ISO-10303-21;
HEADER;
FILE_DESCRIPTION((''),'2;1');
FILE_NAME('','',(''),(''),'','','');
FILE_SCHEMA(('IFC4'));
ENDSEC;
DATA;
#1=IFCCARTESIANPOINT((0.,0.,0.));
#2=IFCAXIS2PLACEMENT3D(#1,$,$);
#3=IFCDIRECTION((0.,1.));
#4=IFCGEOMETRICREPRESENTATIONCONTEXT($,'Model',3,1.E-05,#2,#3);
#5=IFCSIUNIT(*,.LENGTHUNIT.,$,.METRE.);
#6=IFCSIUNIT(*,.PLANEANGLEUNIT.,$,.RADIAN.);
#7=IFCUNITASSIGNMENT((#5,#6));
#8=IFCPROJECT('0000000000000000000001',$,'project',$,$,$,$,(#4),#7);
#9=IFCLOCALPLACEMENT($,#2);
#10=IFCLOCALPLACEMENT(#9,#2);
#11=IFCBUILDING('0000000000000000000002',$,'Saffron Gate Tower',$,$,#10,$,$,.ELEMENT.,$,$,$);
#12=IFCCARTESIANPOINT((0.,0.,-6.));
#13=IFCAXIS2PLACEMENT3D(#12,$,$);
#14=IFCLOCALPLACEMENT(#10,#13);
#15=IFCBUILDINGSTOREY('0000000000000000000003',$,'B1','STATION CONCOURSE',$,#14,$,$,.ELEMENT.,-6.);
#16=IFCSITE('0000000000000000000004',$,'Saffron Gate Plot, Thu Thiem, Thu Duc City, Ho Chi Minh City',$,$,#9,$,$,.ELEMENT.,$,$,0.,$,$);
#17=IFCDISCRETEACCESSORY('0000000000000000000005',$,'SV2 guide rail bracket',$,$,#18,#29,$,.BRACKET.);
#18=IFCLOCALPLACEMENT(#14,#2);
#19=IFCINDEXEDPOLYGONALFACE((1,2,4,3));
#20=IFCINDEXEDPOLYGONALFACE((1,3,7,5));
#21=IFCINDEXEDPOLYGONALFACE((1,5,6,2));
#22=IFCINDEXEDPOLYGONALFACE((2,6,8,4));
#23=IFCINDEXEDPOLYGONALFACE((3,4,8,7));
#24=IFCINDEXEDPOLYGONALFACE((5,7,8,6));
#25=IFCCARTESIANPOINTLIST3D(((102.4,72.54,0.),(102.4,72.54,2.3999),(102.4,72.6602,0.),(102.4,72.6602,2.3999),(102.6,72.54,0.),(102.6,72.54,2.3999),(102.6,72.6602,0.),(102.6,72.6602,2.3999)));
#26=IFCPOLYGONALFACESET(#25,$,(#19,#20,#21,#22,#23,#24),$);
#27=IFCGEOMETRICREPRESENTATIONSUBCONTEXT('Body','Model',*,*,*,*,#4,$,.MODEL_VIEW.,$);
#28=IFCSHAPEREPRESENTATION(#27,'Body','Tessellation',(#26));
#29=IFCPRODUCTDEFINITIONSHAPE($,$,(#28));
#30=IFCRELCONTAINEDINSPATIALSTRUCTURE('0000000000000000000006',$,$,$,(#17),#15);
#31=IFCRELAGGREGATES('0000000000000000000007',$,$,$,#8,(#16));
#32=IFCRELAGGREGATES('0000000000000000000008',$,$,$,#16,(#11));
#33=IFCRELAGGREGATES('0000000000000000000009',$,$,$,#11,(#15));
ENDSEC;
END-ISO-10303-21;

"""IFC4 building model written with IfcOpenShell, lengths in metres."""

from ifc_helpers import new_model, si_unit, direction, frame, origin, origin_2d, place, context, subcontext, project, spatial, rectangle, extrude, element, save


model = new_model("IFC4")

# Units and contexts
model_context = context("Model", 3, precision=1e-05, world=origin(), true_north=direction((0.0, 1.0)))
body_context = subcontext(model_context, "Body", "Model", "MODEL_VIEW")
ifc_project = project(units=[si_unit("LENGTHUNIT", "METRE"), si_unit("PLANEANGLEUNIT", "RADIAN")], contexts=[model_context])

# Site, building, storey
site_placement = place(None, origin())
site = spatial("IfcSite", under=ifc_project, at=site_placement, Name="Saffron Gate Plot, Thu Thiem, Thu Duc City, Ho Chi Minh City", CompositionType="ELEMENT", RefElevation=0.0)
building_placement = place(site_placement, origin())
building = spatial("IfcBuilding", under=site, at=building_placement, Name="Saffron Gate Tower", CompositionType="ELEMENT")
storey_placement = place(building_placement, frame((0.0, 0.0, -6.0)))
storey = spatial("IfcBuildingStorey", under=building, at=storey_placement, Name="B1", Description="STATION CONCOURSE", CompositionType="ELEMENT", Elevation=-6.0)

# Discrete accessory
discrete_accessory_placement = place(storey_placement, frame((102.5, 72.6001, 0.0), z_axis=(0.0, 0.0, 1.0), x_axis=(1.0, 0.0, 0.0)))
element("IfcDiscreteAccessory", 1, at=discrete_accessory_placement, inside=storey, Name="SV2 guide rail bracket", PredefinedType="BRACKET", context=body_context, shape_type="SweptSolid", body=[
    extrude(rectangle(XDim=0.2, YDim=0.1201, at=origin_2d()), origin(), (0.0, 0.0, 1.0), 2.3999),
])

save(model, "model.ifc")
